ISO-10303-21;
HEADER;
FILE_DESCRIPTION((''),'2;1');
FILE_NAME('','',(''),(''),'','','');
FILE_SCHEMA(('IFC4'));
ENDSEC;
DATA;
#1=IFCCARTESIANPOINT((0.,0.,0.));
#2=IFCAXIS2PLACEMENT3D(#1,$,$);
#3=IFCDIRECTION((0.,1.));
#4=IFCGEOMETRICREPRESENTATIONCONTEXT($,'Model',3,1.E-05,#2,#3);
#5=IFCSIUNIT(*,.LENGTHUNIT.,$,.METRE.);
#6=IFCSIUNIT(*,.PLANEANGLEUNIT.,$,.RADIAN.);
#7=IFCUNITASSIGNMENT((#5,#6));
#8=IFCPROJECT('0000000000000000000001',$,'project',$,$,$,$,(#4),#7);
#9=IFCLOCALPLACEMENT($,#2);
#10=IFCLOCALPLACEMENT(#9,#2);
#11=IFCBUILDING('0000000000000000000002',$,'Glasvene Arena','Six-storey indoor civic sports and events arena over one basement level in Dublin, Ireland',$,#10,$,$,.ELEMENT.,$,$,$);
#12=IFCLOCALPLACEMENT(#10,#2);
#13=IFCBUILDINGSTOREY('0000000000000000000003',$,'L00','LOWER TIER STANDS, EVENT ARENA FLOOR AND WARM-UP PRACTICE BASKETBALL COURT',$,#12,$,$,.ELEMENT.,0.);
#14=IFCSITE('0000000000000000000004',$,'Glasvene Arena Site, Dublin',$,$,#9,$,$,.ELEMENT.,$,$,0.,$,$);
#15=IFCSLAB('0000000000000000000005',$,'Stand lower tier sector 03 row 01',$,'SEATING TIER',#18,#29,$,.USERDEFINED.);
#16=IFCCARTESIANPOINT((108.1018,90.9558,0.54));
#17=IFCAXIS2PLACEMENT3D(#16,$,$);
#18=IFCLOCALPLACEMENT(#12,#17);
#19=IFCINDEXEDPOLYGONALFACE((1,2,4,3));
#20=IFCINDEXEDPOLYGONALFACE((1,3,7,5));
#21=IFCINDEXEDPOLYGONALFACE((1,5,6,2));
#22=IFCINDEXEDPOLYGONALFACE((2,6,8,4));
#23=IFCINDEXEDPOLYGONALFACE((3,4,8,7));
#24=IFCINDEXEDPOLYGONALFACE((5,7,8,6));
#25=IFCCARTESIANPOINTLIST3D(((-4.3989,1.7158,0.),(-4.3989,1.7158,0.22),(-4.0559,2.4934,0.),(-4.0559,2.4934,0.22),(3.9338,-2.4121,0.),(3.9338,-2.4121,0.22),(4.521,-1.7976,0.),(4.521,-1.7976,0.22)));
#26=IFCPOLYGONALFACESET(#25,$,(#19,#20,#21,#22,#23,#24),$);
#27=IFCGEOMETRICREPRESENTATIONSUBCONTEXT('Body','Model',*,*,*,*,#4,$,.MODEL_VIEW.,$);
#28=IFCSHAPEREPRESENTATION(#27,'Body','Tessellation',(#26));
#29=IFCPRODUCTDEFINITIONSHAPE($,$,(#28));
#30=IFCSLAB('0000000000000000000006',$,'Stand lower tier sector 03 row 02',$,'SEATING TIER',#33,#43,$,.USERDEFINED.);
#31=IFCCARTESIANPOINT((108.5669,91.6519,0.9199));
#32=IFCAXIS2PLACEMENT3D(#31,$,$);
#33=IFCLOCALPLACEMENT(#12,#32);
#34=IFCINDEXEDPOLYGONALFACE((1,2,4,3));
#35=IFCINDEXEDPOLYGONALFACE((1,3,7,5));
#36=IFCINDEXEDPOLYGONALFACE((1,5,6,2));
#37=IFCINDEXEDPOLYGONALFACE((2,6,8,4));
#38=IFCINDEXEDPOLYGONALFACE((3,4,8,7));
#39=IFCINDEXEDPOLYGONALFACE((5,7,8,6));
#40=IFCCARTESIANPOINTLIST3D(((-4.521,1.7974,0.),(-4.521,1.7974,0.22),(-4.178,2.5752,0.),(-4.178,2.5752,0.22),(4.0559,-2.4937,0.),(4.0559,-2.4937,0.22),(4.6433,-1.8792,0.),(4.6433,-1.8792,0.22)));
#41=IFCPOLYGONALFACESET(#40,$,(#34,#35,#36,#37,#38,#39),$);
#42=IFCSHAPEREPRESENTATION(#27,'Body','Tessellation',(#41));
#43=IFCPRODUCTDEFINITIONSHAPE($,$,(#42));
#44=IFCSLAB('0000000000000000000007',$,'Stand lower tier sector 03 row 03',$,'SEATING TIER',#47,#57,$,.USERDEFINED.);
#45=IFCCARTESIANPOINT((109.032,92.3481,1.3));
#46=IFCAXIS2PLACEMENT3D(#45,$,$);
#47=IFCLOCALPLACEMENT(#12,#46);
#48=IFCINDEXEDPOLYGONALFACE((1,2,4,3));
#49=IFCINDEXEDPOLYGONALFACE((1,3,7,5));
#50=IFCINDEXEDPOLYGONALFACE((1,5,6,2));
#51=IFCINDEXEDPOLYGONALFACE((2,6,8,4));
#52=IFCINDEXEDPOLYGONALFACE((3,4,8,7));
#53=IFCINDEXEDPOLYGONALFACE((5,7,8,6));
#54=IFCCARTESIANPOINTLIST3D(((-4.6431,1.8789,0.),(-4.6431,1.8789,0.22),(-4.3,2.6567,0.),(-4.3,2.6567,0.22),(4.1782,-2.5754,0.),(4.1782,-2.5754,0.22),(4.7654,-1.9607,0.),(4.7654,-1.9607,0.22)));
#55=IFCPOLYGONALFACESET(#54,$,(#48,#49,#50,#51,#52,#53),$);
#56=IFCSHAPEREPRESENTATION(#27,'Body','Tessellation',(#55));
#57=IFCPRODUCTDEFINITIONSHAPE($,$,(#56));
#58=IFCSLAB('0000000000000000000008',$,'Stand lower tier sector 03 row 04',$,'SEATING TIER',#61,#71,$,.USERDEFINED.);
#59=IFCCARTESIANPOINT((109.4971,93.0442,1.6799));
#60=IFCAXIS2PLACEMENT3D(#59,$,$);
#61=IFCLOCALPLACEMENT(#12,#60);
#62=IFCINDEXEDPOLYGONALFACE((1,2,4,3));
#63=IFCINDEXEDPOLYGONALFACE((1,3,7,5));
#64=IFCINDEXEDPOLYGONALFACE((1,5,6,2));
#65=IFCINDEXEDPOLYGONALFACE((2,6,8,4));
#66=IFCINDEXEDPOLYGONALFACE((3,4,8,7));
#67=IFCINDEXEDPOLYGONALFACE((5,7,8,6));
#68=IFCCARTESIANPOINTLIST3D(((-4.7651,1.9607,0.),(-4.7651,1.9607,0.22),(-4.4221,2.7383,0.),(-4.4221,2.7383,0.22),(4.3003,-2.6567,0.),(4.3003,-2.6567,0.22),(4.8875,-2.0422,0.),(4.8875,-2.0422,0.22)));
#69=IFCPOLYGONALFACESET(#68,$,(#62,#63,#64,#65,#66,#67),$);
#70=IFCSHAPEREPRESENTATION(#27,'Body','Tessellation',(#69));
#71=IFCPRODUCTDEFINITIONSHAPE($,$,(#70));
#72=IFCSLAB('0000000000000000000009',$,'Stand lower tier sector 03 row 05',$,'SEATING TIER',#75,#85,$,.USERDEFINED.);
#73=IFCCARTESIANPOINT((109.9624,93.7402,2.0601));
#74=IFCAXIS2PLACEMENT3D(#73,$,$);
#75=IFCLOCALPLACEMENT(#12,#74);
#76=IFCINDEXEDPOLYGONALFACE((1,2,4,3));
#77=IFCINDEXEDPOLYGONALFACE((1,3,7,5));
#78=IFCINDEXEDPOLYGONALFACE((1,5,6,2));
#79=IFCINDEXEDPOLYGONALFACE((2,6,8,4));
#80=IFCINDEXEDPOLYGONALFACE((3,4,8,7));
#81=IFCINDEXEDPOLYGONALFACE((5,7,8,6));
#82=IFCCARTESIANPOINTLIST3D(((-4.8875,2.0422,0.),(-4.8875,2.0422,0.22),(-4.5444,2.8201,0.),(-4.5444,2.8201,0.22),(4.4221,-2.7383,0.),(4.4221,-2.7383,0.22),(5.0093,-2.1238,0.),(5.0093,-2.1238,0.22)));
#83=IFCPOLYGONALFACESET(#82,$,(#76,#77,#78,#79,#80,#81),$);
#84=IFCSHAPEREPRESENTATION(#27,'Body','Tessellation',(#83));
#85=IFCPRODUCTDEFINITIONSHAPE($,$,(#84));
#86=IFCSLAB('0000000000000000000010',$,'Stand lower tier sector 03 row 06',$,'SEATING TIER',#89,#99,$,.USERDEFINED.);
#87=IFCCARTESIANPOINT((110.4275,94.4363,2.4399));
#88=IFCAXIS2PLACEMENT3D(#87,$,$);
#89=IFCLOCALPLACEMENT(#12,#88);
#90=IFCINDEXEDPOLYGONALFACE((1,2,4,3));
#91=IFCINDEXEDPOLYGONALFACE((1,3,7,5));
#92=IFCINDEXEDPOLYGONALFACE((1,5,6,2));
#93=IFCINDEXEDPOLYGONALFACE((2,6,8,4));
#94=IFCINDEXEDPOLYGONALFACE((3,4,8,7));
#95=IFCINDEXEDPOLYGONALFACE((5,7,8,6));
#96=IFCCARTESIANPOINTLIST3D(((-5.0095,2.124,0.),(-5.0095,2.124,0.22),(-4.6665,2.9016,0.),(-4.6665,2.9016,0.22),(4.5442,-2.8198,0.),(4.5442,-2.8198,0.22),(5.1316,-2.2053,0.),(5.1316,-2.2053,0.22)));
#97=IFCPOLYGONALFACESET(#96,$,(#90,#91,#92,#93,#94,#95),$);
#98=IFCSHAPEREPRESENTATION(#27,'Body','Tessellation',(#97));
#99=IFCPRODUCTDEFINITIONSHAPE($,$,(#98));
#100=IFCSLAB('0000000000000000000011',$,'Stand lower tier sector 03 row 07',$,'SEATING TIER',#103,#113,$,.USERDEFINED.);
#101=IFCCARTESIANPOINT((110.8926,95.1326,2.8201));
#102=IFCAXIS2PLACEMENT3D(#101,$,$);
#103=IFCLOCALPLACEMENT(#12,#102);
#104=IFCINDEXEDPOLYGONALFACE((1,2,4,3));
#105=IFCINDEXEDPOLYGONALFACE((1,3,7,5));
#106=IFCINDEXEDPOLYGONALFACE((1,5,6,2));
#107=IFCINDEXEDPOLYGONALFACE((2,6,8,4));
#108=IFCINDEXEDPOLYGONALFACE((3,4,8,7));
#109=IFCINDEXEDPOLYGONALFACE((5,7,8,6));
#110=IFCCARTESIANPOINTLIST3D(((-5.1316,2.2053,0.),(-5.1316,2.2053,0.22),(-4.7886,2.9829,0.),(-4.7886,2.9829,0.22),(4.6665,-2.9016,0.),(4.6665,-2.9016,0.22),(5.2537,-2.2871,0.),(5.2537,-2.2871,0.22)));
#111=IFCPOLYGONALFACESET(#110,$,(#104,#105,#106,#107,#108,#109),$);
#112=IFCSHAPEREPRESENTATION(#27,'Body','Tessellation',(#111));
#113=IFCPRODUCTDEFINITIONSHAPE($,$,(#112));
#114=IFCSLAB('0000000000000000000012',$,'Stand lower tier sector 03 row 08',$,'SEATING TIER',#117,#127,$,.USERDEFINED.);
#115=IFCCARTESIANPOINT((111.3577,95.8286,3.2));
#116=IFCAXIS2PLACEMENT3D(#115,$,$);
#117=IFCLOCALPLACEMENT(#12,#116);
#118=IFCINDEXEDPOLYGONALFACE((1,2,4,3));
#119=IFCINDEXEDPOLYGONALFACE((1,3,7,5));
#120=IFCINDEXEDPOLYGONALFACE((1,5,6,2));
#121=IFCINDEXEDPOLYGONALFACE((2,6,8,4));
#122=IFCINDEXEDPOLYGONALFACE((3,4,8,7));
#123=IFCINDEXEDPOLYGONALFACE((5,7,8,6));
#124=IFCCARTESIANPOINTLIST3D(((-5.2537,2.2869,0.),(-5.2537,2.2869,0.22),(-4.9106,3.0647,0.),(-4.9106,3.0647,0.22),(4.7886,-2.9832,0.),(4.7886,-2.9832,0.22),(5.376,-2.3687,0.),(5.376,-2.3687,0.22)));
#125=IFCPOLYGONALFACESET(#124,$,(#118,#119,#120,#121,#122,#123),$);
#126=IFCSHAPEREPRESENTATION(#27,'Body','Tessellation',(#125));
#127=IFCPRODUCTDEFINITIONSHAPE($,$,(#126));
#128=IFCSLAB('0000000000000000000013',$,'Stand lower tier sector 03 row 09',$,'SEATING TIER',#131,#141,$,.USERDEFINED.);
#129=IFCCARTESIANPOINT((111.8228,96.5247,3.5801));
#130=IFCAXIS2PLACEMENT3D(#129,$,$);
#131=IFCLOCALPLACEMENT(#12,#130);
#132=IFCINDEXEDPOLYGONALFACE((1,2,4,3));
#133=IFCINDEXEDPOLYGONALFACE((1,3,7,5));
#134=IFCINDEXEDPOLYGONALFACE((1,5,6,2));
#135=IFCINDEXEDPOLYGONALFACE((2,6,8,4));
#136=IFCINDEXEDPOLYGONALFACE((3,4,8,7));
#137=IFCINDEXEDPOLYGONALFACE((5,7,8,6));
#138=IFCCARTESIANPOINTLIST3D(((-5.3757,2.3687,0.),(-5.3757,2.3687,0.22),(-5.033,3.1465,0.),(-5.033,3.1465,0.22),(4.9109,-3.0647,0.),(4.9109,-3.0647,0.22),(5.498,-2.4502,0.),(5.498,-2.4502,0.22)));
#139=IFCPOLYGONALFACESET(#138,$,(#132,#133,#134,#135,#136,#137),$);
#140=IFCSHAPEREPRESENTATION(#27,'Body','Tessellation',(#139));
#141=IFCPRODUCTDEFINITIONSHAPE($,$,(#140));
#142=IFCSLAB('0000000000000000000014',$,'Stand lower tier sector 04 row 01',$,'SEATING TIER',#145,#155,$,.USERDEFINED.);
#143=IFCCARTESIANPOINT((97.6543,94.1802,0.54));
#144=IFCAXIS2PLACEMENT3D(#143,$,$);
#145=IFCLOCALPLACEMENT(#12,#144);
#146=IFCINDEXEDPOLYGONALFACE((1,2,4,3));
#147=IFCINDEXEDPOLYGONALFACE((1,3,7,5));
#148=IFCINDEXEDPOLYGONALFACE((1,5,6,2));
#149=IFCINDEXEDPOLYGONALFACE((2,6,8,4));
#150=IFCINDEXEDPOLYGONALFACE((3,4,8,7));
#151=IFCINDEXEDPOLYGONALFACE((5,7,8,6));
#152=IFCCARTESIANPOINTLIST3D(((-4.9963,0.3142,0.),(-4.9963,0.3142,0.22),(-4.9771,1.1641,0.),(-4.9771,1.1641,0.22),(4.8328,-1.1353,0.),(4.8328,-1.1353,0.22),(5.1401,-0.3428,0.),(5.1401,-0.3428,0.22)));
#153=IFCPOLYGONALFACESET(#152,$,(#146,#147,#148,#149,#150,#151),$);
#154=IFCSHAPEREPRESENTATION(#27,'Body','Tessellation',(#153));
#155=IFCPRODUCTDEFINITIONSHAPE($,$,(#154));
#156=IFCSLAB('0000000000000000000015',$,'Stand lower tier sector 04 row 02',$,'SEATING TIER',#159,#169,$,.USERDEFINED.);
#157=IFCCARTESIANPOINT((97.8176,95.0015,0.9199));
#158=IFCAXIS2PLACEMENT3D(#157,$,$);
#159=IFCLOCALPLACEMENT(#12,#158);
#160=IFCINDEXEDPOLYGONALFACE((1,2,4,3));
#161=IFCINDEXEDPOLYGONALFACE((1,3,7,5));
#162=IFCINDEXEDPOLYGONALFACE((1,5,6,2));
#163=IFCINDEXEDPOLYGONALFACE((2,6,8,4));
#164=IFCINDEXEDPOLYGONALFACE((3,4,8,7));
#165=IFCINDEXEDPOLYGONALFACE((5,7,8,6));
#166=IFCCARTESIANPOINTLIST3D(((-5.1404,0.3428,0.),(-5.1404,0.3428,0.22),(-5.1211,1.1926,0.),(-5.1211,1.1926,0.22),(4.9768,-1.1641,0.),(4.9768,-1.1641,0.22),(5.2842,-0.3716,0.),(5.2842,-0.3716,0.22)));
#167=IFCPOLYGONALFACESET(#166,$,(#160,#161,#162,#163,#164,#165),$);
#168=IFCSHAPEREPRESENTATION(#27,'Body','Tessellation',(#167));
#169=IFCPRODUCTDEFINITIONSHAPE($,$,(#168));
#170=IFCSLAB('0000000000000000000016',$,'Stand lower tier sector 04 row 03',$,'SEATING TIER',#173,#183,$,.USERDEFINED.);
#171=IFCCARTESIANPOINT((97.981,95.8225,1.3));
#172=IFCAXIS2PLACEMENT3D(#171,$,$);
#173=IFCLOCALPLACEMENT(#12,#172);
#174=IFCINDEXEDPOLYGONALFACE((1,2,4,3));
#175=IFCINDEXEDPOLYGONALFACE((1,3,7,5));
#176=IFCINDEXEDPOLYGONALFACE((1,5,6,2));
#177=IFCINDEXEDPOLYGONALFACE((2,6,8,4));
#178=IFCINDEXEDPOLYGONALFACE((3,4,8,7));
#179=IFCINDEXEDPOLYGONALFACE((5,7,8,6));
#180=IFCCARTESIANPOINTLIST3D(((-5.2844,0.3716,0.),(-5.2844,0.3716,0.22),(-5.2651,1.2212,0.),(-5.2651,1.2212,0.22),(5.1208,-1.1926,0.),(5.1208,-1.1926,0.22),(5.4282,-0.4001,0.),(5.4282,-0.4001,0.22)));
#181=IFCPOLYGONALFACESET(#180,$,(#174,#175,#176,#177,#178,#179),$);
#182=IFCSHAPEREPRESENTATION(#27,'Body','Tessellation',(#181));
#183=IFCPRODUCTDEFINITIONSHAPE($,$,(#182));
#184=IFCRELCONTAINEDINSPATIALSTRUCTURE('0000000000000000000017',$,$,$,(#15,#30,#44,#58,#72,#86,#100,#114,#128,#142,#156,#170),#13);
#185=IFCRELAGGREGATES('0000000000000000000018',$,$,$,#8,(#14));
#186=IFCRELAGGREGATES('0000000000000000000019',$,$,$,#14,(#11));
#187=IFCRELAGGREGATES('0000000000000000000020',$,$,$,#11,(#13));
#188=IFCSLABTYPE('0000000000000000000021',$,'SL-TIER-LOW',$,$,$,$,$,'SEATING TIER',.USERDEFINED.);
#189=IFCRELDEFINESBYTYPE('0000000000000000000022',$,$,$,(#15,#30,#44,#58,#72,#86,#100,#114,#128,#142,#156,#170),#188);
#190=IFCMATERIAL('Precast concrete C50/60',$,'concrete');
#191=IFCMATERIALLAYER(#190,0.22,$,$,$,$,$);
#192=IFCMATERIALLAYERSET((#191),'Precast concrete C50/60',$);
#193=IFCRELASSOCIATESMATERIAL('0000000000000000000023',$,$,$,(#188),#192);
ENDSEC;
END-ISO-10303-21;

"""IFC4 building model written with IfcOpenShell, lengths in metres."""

from ifc_helpers import new_model, si_unit, direction, frame, origin, place, context, subcontext, project, spatial, polyline, outline, extrude, material, layer, layer_set, type_object, element, save


model = new_model("IFC4")

# Units and contexts
model_context = context("Model", 3, precision=1e-05, world=origin(), true_north=direction((0.0, 1.0)))
body_context = subcontext(model_context, "Body", "Model", "MODEL_VIEW")
ifc_project = project(units=[si_unit("LENGTHUNIT", "METRE"), si_unit("PLANEANGLEUNIT", "RADIAN")], contexts=[model_context])

# Site, building, storey
site_placement = place(None, origin())
site = spatial("IfcSite", under=ifc_project, at=site_placement, Name="Glasvene Arena Site, Dublin", CompositionType="ELEMENT", RefElevation=0.0)
building_placement = place(site_placement, origin())
building = spatial("IfcBuilding", under=site, at=building_placement, Name="Glasvene Arena", Description="Six-storey indoor civic sports and events arena over one basement level in Dublin, Ireland", CompositionType="ELEMENT")
storey_placement = place(building_placement, origin())
storey = spatial("IfcBuildingStorey", under=building, at=storey_placement, Name="L00", Description="LOWER TIER STANDS, EVENT ARENA FLOOR AND WARM-UP PRACTICE BASKETBALL COURT", CompositionType="ELEMENT", Elevation=0.0)

# Shared definitions
ifc_material_1 = material(Name="Precast concrete C50/60", Category="concrete")

# Slabs
ifc_layer_1 = layer(ifc_material_1, 0.22)
ifc_layer_set_1 = layer_set([ifc_layer_1], Name="Precast concrete C50/60")
slab_type_1 = type_object("IfcSlabType", Name="SL-TIER-LOW", ElementType="SEATING TIER", PredefinedType="USERDEFINED", material=ifc_layer_set_1)
slab_1_placement = place(storey_placement, frame((108.1018, 90.9558, 0.54)))
element("IfcSlab", 1, at=slab_1_placement, inside=storey, type_object=slab_type_1, Name="Stand lower tier sector 03 row 01", ObjectType="SEATING TIER", PredefinedType="USERDEFINED", context=body_context, shape_type="SweptSolid", body=[
    extrude(outline(polyline([(3.9338, -2.4121), (-4.3989, 1.7158), (-4.0559, 2.4934), (4.521, -1.7976), (3.9338, -2.4121)])), origin(), (0.0, 0.0, 1.0), 0.22),
])
slab_2_placement = place(storey_placement, frame((108.5669, 91.6519, 0.9199)))
element("IfcSlab", 2, at=slab_2_placement, inside=storey, type_object=slab_type_1, Name="Stand lower tier sector 03 row 02", ObjectType="SEATING TIER", PredefinedType="USERDEFINED", context=body_context, shape_type="SweptSolid", body=[
    extrude(outline(polyline([(4.0559, -2.4937), (-4.521, 1.7974), (-4.178, 2.5752), (4.6433, -1.8792), (4.0559, -2.4937)])), origin(), (0.0, 0.0, 1.0), 0.22),
])
slab_3_placement = place(storey_placement, frame((109.032, 92.3481, 1.3)))
element("IfcSlab", 3, at=slab_3_placement, inside=storey, type_object=slab_type_1, Name="Stand lower tier sector 03 row 03", ObjectType="SEATING TIER", PredefinedType="USERDEFINED", context=body_context, shape_type="SweptSolid", body=[
    extrude(outline(polyline([(4.1782, -2.5754), (-4.6431, 1.8789), (-4.3, 2.6567), (4.7654, -1.9607), (4.1782, -2.5754)])), origin(), (0.0, 0.0, 1.0), 0.22),
])
slab_4_placement = place(storey_placement, frame((109.4971, 93.0442, 1.6799)))
element("IfcSlab", 4, at=slab_4_placement, inside=storey, type_object=slab_type_1, Name="Stand lower tier sector 03 row 04", ObjectType="SEATING TIER", PredefinedType="USERDEFINED", context=body_context, shape_type="SweptSolid", body=[
    extrude(outline(polyline([(4.3003, -2.6567), (-4.7651, 1.9607), (-4.4221, 2.7383), (4.8875, -2.0422), (4.3003, -2.6567)])), origin(), (0.0, 0.0, 1.0), 0.22),
])
slab_5_placement = place(storey_placement, frame((109.9624, 93.7402, 2.0601)))
element("IfcSlab", 5, at=slab_5_placement, inside=storey, type_object=slab_type_1, Name="Stand lower tier sector 03 row 05", ObjectType="SEATING TIER", PredefinedType="USERDEFINED", context=body_context, shape_type="SweptSolid", body=[
    extrude(outline(polyline([(4.4221, -2.7383), (-4.8875, 2.0422), (-4.5444, 2.8201), (5.0093, -2.1238), (4.4221, -2.7383)])), origin(), (0.0, 0.0, 1.0), 0.22),
])
slab_6_placement = place(storey_placement, frame((110.4275, 94.4363, 2.4399)))
element("IfcSlab", 6, at=slab_6_placement, inside=storey, type_object=slab_type_1, Name="Stand lower tier sector 03 row 06", ObjectType="SEATING TIER", PredefinedType="USERDEFINED", context=body_context, shape_type="SweptSolid", body=[
    extrude(outline(polyline([(4.5442, -2.8198), (-5.0095, 2.124), (-4.6665, 2.9016), (5.1316, -2.2053), (4.5442, -2.8198)])), origin(), (0.0, 0.0, 1.0), 0.22),
])
slab_7_placement = place(storey_placement, frame((110.8926, 95.1326, 2.8201)))
element("IfcSlab", 7, at=slab_7_placement, inside=storey, type_object=slab_type_1, Name="Stand lower tier sector 03 row 07", ObjectType="SEATING TIER", PredefinedType="USERDEFINED", context=body_context, shape_type="SweptSolid", body=[
    extrude(outline(polyline([(4.6665, -2.9016), (-5.1316, 2.2053), (-4.7886, 2.9829), (5.2537, -2.2871), (4.6665, -2.9016)])), origin(), (0.0, 0.0, 1.0), 0.22),
])
slab_8_placement = place(storey_placement, frame((111.3577, 95.8286, 3.2)))
element("IfcSlab", 8, at=slab_8_placement, inside=storey, type_object=slab_type_1, Name="Stand lower tier sector 03 row 08", ObjectType="SEATING TIER", PredefinedType="USERDEFINED", context=body_context, shape_type="SweptSolid", body=[
    extrude(outline(polyline([(4.7886, -2.9832), (-5.2537, 2.2869), (-4.9106, 3.0647), (5.376, -2.3687), (4.7886, -2.9832)])), origin(), (0.0, 0.0, 1.0), 0.22),
])
slab_9_placement = place(storey_placement, frame((111.8228, 96.5247, 3.5801)))
element("IfcSlab", 9, at=slab_9_placement, inside=storey, type_object=slab_type_1, Name="Stand lower tier sector 03 row 09", ObjectType="SEATING TIER", PredefinedType="USERDEFINED", context=body_context, shape_type="SweptSolid", body=[
    extrude(outline(polyline([(4.9109, -3.0647), (-5.3757, 2.3687), (-5.033, 3.1465), (5.498, -2.4502), (4.9109, -3.0647)])), origin(), (0.0, 0.0, 1.0), 0.22),
])
slab_10_placement = place(storey_placement, frame((97.6543, 94.1802, 0.54)))
element("IfcSlab", 10, at=slab_10_placement, inside=storey, type_object=slab_type_1, Name="Stand lower tier sector 04 row 01", ObjectType="SEATING TIER", PredefinedType="USERDEFINED", context=body_context, shape_type="SweptSolid", body=[
    extrude(outline(polyline([(4.8328, -1.1353), (-4.9963, 0.3142), (-4.9771, 1.1641), (5.1401, -0.3428), (4.8328, -1.1353)])), origin(), (0.0, 0.0, 1.0), 0.22),
])
slab_11_placement = place(storey_placement, frame((97.8176, 95.0015, 0.9199)))
element("IfcSlab", 11, at=slab_11_placement, inside=storey, type_object=slab_type_1, Name="Stand lower tier sector 04 row 02", ObjectType="SEATING TIER", PredefinedType="USERDEFINED", context=body_context, shape_type="SweptSolid", body=[
    extrude(outline(polyline([(4.9768, -1.1641), (-5.1404, 0.3428), (-5.1211, 1.1926), (5.2842, -0.3716), (4.9768, -1.1641)])), origin(), (0.0, 0.0, 1.0), 0.22),
])
slab_12_placement = place(storey_placement, frame((97.981, 95.8225, 1.3)))
element("IfcSlab", 12, at=slab_12_placement, inside=storey, type_object=slab_type_1, Name="Stand lower tier sector 04 row 03", ObjectType="SEATING TIER", PredefinedType="USERDEFINED", context=body_context, shape_type="SweptSolid", body=[
    extrude(outline(polyline([(5.1208, -1.1926), (-5.2844, 0.3716), (-5.2651, 1.2212), (5.4282, -0.4001), (5.1208, -1.1926)])), origin(), (0.0, 0.0, 1.0), 0.22),
])

save(model, "model.ifc")
